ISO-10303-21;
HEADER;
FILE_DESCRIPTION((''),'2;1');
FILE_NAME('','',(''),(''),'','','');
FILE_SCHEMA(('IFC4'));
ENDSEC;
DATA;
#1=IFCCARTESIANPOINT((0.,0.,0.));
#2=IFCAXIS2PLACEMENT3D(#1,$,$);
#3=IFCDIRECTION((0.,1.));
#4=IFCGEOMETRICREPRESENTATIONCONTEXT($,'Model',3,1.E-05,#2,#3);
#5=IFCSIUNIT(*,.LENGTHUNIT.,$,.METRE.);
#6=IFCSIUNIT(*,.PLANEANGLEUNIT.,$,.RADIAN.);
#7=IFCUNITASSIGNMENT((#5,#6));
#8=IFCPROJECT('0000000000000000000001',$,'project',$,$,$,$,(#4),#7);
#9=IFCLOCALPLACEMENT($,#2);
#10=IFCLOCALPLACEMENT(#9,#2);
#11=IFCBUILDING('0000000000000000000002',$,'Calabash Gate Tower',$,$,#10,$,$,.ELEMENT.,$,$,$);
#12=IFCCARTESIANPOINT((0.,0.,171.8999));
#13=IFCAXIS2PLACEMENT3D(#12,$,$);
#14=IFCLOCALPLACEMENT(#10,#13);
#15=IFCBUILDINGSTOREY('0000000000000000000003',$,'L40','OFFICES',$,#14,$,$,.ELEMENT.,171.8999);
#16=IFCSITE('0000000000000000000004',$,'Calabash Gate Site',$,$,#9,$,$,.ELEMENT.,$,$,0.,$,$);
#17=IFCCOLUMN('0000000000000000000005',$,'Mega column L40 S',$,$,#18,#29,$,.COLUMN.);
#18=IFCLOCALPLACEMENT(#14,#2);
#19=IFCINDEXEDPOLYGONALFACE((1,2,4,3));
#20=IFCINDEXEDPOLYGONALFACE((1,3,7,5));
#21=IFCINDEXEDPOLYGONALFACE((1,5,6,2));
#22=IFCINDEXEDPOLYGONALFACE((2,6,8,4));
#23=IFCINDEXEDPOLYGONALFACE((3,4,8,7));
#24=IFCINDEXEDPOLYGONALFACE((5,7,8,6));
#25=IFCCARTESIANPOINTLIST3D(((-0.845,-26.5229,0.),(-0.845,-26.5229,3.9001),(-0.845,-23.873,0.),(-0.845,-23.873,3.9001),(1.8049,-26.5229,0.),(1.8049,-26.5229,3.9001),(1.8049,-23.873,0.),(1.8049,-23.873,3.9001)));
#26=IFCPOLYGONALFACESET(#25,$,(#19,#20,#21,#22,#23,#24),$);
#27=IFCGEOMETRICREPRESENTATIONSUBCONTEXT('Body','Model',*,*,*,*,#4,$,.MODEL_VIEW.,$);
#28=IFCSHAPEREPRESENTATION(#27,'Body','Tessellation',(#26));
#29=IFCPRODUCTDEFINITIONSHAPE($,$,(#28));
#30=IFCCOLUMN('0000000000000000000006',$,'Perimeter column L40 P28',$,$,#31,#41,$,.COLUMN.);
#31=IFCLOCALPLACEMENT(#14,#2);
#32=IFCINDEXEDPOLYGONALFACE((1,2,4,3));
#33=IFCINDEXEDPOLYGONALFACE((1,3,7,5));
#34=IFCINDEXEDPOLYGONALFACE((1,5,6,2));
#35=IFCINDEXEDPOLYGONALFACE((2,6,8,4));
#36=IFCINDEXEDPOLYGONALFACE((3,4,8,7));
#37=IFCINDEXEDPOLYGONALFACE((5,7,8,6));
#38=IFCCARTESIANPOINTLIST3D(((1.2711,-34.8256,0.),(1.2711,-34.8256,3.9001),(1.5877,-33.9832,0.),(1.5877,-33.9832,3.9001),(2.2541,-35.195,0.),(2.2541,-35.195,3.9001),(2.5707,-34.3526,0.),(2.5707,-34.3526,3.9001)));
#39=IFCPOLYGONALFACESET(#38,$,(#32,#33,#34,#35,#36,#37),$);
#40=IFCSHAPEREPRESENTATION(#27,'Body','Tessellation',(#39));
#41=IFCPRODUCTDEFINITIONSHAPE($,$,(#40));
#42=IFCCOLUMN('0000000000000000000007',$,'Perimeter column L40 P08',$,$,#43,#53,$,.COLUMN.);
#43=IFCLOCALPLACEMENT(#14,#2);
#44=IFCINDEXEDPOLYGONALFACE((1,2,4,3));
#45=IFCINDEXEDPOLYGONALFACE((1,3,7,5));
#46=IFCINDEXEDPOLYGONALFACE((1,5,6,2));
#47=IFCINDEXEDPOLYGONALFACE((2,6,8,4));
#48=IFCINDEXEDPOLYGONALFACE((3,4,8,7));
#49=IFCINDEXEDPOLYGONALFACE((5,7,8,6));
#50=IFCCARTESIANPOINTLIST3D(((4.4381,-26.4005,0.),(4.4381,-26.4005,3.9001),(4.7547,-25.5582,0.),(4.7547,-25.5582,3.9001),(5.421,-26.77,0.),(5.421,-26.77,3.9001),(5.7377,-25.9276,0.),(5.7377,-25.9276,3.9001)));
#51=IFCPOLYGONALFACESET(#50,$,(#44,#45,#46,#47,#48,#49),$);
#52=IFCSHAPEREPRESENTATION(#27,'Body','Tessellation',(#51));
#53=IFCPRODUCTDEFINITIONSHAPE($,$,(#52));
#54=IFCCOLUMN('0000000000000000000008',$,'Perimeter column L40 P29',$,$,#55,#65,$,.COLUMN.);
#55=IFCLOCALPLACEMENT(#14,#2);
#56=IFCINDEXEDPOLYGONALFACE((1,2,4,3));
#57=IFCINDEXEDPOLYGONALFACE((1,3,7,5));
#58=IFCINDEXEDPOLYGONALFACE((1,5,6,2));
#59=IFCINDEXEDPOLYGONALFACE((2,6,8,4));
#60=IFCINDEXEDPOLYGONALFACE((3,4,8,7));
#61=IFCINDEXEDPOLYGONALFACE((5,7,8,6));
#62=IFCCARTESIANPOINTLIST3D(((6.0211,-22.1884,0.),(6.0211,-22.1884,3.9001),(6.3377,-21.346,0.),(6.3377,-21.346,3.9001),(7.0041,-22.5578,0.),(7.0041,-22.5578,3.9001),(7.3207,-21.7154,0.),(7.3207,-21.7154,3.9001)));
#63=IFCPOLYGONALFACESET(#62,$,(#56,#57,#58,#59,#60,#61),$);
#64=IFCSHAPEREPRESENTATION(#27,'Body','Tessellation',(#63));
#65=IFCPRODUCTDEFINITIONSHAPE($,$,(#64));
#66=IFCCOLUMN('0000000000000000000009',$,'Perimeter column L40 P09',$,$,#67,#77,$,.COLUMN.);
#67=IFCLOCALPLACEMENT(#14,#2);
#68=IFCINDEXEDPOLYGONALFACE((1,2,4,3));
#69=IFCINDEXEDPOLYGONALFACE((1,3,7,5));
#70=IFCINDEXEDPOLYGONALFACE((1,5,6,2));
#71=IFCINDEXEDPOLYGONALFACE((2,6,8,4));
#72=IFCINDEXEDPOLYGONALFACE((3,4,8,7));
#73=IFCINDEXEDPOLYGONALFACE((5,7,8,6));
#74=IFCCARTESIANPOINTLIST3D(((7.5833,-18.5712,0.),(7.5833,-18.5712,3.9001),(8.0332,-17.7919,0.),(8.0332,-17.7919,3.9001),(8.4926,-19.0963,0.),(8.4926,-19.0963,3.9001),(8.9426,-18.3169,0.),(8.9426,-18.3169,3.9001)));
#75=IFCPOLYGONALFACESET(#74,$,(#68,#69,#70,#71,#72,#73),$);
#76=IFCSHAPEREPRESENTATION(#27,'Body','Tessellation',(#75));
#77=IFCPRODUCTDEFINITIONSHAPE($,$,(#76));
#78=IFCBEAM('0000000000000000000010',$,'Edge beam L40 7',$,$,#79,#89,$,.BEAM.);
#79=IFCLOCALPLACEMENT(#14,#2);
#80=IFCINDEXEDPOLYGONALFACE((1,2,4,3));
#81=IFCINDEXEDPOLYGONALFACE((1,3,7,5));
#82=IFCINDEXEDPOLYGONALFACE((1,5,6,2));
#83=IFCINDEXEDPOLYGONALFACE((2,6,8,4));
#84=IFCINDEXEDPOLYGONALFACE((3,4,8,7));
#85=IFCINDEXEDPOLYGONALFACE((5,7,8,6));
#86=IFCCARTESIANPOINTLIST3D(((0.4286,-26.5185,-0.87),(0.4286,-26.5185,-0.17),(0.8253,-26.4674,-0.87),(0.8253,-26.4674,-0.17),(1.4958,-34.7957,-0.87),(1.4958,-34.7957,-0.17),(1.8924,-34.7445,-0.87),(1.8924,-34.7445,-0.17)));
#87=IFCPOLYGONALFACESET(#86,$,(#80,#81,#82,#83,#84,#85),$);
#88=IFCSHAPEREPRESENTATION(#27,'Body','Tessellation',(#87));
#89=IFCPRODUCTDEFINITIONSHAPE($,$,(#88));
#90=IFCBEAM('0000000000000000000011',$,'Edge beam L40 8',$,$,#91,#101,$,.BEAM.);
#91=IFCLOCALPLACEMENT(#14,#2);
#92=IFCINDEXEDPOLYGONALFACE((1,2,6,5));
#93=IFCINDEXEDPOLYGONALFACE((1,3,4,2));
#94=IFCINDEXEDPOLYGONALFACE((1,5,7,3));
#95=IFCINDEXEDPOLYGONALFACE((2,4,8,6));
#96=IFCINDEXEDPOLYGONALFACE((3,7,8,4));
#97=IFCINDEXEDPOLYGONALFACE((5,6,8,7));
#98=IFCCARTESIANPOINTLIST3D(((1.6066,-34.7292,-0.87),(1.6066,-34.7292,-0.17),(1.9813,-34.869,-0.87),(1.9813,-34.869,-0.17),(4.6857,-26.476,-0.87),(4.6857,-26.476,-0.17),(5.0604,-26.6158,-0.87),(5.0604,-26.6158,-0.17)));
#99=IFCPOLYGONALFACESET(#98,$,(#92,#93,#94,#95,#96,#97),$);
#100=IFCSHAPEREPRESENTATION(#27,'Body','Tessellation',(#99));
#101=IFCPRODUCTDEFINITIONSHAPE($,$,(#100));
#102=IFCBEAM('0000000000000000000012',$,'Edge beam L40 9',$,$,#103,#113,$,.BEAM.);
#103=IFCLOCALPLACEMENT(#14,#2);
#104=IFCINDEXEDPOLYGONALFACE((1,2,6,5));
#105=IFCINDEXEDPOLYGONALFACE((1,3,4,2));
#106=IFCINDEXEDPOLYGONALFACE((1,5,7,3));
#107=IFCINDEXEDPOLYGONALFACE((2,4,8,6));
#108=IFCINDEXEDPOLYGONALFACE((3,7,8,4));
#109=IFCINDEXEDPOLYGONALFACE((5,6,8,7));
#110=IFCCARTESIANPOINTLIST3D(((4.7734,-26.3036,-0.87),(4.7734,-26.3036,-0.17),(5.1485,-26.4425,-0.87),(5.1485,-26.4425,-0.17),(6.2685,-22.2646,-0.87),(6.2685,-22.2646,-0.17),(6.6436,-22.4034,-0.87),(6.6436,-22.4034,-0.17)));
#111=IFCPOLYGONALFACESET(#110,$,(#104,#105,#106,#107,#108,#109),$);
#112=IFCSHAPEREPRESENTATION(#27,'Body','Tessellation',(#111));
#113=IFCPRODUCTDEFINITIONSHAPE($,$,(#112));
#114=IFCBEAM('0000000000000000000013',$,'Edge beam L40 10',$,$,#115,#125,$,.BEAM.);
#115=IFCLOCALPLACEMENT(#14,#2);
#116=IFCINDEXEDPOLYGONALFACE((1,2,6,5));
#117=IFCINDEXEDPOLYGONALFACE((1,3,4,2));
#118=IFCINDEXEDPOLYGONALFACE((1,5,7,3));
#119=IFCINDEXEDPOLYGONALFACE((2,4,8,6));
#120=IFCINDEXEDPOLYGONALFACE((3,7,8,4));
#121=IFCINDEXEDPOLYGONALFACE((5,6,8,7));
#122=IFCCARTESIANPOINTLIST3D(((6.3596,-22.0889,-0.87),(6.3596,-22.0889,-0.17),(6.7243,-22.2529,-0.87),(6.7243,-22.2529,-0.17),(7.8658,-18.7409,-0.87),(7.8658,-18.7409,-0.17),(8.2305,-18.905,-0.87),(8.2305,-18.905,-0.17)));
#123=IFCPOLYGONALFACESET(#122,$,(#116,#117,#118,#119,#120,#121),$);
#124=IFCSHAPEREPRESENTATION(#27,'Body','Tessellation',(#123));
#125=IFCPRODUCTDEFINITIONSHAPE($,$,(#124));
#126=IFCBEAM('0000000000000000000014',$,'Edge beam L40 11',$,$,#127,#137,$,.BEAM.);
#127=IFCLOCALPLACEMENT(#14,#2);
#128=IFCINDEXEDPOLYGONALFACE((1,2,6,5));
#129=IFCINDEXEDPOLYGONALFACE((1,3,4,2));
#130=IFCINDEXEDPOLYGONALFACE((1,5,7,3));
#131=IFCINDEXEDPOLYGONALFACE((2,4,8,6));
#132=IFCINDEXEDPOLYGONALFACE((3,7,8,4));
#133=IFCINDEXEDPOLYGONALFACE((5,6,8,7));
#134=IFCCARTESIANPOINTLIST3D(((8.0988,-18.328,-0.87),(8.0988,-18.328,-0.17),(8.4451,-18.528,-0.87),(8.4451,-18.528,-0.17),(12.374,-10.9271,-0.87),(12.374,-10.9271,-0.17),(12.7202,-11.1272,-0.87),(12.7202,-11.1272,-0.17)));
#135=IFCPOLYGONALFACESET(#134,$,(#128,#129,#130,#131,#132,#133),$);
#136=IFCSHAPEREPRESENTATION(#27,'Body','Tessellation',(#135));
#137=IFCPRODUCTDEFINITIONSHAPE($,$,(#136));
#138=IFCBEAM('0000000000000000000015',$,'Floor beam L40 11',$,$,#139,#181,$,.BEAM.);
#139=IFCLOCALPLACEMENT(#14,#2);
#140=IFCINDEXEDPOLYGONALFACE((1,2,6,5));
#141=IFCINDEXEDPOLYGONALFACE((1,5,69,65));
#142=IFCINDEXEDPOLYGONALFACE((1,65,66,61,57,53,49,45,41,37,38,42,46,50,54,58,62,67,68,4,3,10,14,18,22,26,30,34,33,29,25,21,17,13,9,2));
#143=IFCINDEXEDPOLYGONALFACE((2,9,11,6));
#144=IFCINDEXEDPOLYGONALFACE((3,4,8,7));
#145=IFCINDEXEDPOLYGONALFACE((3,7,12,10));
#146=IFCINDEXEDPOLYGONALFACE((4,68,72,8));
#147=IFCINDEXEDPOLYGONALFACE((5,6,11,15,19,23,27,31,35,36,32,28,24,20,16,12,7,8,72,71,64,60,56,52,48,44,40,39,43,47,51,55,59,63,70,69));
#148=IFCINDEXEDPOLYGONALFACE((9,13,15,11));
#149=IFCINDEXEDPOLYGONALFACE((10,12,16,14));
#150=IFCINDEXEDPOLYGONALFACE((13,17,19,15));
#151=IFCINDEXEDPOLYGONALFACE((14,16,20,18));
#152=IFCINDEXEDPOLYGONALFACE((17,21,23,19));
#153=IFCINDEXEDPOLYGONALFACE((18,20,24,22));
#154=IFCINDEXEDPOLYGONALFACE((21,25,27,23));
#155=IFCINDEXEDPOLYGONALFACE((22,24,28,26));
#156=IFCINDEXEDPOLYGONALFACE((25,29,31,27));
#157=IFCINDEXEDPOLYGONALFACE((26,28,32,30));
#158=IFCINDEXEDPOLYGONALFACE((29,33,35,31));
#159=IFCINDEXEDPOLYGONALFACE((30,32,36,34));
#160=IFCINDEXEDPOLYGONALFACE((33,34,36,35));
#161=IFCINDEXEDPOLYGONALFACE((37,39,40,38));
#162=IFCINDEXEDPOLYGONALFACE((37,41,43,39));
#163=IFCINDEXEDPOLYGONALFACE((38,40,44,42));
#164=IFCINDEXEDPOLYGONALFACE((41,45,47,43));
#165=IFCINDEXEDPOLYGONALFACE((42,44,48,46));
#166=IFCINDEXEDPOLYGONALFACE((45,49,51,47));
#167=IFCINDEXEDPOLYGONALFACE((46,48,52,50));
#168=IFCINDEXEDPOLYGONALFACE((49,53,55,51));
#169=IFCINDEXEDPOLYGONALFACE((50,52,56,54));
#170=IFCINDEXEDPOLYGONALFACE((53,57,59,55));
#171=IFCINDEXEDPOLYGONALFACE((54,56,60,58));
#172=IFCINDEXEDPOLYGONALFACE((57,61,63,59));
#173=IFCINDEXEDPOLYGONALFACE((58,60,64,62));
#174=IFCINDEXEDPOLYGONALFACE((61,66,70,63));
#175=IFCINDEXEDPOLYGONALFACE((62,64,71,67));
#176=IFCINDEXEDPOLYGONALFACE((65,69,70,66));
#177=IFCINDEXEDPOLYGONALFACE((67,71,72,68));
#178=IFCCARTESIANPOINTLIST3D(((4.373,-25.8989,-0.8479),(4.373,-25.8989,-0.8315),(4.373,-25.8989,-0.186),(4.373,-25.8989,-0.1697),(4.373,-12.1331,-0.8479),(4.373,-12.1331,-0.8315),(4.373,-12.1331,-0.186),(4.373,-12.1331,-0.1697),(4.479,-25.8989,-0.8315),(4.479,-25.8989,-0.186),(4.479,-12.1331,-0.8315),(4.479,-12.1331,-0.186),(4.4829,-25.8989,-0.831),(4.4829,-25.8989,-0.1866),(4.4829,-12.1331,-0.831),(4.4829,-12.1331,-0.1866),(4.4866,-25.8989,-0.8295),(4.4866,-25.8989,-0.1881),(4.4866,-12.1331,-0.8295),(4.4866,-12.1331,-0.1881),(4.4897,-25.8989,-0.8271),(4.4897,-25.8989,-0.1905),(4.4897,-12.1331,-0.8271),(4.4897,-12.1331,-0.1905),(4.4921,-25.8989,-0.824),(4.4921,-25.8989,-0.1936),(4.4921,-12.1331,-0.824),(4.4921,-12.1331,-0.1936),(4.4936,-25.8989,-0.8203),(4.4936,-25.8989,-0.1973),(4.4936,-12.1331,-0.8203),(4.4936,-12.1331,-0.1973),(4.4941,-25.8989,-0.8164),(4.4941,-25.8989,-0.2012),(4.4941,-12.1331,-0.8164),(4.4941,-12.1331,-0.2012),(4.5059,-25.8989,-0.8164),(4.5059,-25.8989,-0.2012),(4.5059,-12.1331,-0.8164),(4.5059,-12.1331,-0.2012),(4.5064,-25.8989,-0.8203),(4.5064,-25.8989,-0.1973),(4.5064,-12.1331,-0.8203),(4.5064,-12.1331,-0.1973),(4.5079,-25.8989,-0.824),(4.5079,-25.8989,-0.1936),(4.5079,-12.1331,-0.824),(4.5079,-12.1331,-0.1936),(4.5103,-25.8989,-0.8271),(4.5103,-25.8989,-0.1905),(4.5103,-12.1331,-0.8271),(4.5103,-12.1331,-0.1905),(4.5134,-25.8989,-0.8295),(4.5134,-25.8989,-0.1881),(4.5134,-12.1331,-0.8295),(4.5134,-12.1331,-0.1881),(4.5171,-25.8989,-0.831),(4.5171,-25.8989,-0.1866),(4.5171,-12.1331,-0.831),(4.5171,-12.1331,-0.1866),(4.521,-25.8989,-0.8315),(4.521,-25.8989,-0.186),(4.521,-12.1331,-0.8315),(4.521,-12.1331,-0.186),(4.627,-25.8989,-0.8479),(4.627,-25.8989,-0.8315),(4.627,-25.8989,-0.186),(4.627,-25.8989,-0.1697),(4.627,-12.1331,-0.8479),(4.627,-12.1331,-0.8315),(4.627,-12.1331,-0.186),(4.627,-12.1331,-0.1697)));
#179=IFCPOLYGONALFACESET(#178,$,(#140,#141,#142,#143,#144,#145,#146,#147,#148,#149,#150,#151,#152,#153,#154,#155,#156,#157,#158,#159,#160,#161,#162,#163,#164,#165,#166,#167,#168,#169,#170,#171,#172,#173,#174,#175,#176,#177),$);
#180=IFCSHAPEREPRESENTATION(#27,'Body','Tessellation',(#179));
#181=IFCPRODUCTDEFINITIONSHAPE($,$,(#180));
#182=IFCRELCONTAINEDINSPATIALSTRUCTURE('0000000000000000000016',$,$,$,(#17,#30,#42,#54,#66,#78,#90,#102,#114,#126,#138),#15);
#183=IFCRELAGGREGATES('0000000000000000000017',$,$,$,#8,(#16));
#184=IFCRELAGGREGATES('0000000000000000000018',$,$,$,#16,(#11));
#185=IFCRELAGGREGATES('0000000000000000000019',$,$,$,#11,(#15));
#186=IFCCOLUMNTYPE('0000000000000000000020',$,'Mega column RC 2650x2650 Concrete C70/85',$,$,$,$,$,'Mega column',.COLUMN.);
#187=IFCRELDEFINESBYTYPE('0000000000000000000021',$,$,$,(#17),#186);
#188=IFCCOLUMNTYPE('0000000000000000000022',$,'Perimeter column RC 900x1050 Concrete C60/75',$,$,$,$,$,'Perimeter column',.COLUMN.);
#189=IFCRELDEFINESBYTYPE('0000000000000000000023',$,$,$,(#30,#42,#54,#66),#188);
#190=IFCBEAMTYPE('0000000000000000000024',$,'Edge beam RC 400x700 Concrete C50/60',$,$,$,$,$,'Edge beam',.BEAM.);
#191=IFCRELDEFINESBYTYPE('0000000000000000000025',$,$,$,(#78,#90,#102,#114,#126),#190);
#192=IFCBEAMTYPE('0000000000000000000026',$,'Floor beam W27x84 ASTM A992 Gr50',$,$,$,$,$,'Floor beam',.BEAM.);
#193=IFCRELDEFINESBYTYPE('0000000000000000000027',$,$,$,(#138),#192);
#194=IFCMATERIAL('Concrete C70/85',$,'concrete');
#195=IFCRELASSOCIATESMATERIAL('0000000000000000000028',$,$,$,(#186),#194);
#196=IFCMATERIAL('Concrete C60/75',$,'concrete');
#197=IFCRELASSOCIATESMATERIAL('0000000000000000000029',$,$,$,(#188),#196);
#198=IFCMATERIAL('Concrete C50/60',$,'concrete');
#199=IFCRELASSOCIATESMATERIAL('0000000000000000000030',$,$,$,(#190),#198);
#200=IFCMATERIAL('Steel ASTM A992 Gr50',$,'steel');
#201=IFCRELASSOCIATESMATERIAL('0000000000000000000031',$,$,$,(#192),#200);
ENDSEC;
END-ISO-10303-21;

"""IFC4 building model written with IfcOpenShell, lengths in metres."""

from ifc_helpers import new_model, si_unit, direction, frame, origin, origin_2d, place, context, subcontext, project, spatial, rectangle, i_section, extrude, material, material_profile, profile_set, type_object, element, save


model = new_model("IFC4")

# Units and contexts
model_context = context("Model", 3, precision=1e-05, world=origin(), true_north=direction((0.0, 1.0)))
body_context = subcontext(model_context, "Body", "Model", "MODEL_VIEW")
ifc_project = project(units=[si_unit("LENGTHUNIT", "METRE"), si_unit("PLANEANGLEUNIT", "RADIAN")], contexts=[model_context])

# Site, building, storey
site_placement = place(None, origin())
site = spatial("IfcSite", under=ifc_project, at=site_placement, Name="Calabash Gate Site", CompositionType="ELEMENT", RefElevation=0.0)
building_placement = place(site_placement, origin())
building = spatial("IfcBuilding", under=site, at=building_placement, Name="Calabash Gate Tower", CompositionType="ELEMENT")
storey_placement = place(building_placement, frame((0.0, 0.0, 171.8999)))
storey = spatial("IfcBuildingStorey", under=building, at=storey_placement, Name="L40", Description="OFFICES", CompositionType="ELEMENT", Elevation=171.8999)

# Columns
ifc_material_1 = material(Name="Concrete C70/85", Category="concrete")
ifc_material_profile_1 = material_profile(ifc_material_1, rectangle(XDim=2.6499, YDim=2.6499, at=origin_2d()))
ifc_profile_set_1 = profile_set([ifc_material_profile_1], Name="Concrete C70/85")
column_type_1 = type_object("IfcColumnType", Name="Mega column RC 2650x2650 Concrete C70/85", ElementType="Mega column", PredefinedType="COLUMN", material=ifc_profile_set_1)
column_placement = place(storey_placement, frame((0.48, -25.198, 0.0), z_axis=(0.0, 0.0, 1.0), x_axis=(0.0, 1.0, 0.0)))
element("IfcColumn", 1, at=column_placement, inside=storey, type_object=column_type_1, Name="Mega column L40 S", PredefinedType="COLUMN", context=body_context, shape_type="SweptSolid", body=[
    extrude(rectangle(XDim=2.6499, YDim=2.6499, at=origin_2d()), origin(), (0.0, 0.0, 1.0), 3.9001),
])
ifc_material_2 = material(Name="Concrete C60/75", Category="concrete")
ifc_material_profile_2 = material_profile(ifc_material_2, rectangle(XDim=0.8999, YDim=1.05, at=origin_2d()))
ifc_profile_set_2 = profile_set([ifc_material_profile_2], Name="Concrete C60/75")
column_type_2 = type_object("IfcColumnType", Name="Perimeter column RC 900x1050 Concrete C60/75", ElementType="Perimeter column", PredefinedType="COLUMN", material=ifc_profile_set_2)
for number, where, z_axis, x_axis, name in (
    (2, (1.9209, -34.5891, 0.0), (0.0, 0.0, 1.0), (0.351823, 0.936067, 0.0), "Perimeter column L40 P28"),
    (3, (5.0879, -26.1641, 0.0), (0.0, 0.0, 1.0), (0.351823, 0.936067, 0.0), "Perimeter column L40 P08"),
    (4, (6.6709, -21.9519, 0.0), (0.0, 0.0, 1.0), (0.351823, 0.936067, 0.0), "Perimeter column L40 P29"),
    (5, (8.2629, -18.4441, 0.0), (0.0, 0.0, 1.0), (0.5, 0.866025, 0.0), "Perimeter column L40 P09"),
):
    element("IfcColumn", number, at=place(storey_placement, frame(where, z_axis=z_axis, x_axis=x_axis)), inside=storey, type_object=column_type_2, Name=name, PredefinedType="COLUMN", context=body_context, shape_type="SweptSolid", body=[
        extrude(rectangle(XDim=0.8999, YDim=1.05, at=origin_2d()), origin(), (0.0, 0.0, 1.0), 3.9001),
    ])

# Beams
ifc_material_3 = material(Name="Concrete C50/60", Category="concrete")
ifc_material_profile_3 = material_profile(ifc_material_3, rectangle(XDim=0.3999, YDim=0.7, at=origin_2d()))
ifc_profile_set_3 = profile_set([ifc_material_profile_3], Name="Concrete C50/60")
beam_type_1 = type_object("IfcBeamType", Name="Edge beam RC 400x700 Concrete C50/60", ElementType="Edge beam", PredefinedType="BEAM", material=ifc_profile_set_3)
beam_1_placement = place(storey_placement, frame((0.627, -26.4929, -0.52), z_axis=(0.127868, -0.991791, 0.0), x_axis=(0.991791, 0.127868, 0.0)))
element("IfcBeam", 6, at=beam_1_placement, inside=storey, type_object=beam_type_1, Name="Edge beam L40 7", PredefinedType="BEAM", context=body_context, shape_type="SweptSolid", body=[
    extrude(rectangle(XDim=0.3999, YDim=0.7, at=origin_2d()), origin(), (0.0, 0.0, 1.0), 8.3457),
])
beam_2_placement = place(storey_placement, frame((1.7939, -34.7991, -0.52), z_axis=(0.349547, 0.936919, 0.0), x_axis=(-0.936919, 0.349547, 0.0)))
element("IfcBeam", 7, at=beam_2_placement, inside=storey, type_object=beam_type_1, Name="Edge beam L40 8", PredefinedType="BEAM", context=body_context, shape_type="SweptSolid", body=[
    extrude(rectangle(XDim=0.3999, YDim=0.7, at=origin_2d()), origin(), (0.0, 0.0, 1.0), 8.8088),
])
beam_3_placement = place(storey_placement, frame((4.9609, -26.373, -0.52), z_axis=(0.347144, 0.937812, 0.0), x_axis=(-0.937812, 0.347144, 0.0)))
element("IfcBeam", 8, at=beam_3_placement, inside=storey, type_object=beam_type_1, Name="Edge beam L40 9", PredefinedType="BEAM", context=body_context, shape_type="SweptSolid", body=[
    extrude(rectangle(XDim=0.3999, YDim=0.7, at=origin_2d()), origin(), (0.0, 0.0, 1.0), 4.3069),
])
beam_4_placement = place(storey_placement, frame((6.542, -22.1709, -0.52), z_axis=(0.410262, 0.911968, 0.0), x_axis=(-0.911968, 0.410262, 0.0)))
element("IfcBeam", 9, at=beam_4_placement, inside=storey, type_object=beam_type_1, Name="Edge beam L40 10", PredefinedType="BEAM", context=body_context, shape_type="SweptSolid", body=[
    extrude(rectangle(XDim=0.3999, YDim=0.7, at=origin_2d()), origin(), (0.0, 0.0, 1.0), 3.6711),
])
beam_5_placement = place(storey_placement, frame((8.272, -18.428, -0.52), z_axis=(0.500197, 0.865912, 0.0), x_axis=(-0.865912, 0.500197, 0.0)))
element("IfcBeam", 10, at=beam_5_placement, inside=storey, type_object=beam_type_1, Name="Edge beam L40 11", PredefinedType="BEAM", context=body_context, shape_type="SweptSolid", body=[
    extrude(rectangle(XDim=0.3999, YDim=0.7, at=origin_2d()), origin(), (0.0, 0.0, 1.0), 8.5469),
])
ifc_material_4 = material(Name="Steel ASTM A992 Gr50", Category="steel")
ifc_material_profile_4 = material_profile(ifc_material_4, i_section(OverallWidth=0.2539, OverallDepth=0.6782, WebThickness=0.0117, FlangeThickness=0.0164, FilletRadius=0.0151, at=origin_2d()))
ifc_profile_set_4 = profile_set([ifc_material_profile_4], Name="Steel ASTM A992 Gr50")
beam_type_2 = type_object("IfcBeamType", Name="Floor beam W27x84 ASTM A992 Gr50", ElementType="Floor beam", PredefinedType="BEAM", material=ifc_profile_set_4)
beam_6_placement = place(storey_placement, frame((4.5, -25.8989, -0.5088), z_axis=(0.0, 1.0, 0.0), x_axis=(-1.0, 0.0, 0.0)))
element("IfcBeam", 11, at=beam_6_placement, inside=storey, type_object=beam_type_2, Name="Floor beam L40 11", PredefinedType="BEAM", context=body_context, shape_type="SweptSolid", body=[
    extrude(i_section(OverallWidth=0.2539, OverallDepth=0.6782, WebThickness=0.0117, FlangeThickness=0.0164, FilletRadius=0.0151, at=origin_2d()), origin(), (0.0, 0.0, 1.0), 13.7659),
])

save(model, "model.ifc")
